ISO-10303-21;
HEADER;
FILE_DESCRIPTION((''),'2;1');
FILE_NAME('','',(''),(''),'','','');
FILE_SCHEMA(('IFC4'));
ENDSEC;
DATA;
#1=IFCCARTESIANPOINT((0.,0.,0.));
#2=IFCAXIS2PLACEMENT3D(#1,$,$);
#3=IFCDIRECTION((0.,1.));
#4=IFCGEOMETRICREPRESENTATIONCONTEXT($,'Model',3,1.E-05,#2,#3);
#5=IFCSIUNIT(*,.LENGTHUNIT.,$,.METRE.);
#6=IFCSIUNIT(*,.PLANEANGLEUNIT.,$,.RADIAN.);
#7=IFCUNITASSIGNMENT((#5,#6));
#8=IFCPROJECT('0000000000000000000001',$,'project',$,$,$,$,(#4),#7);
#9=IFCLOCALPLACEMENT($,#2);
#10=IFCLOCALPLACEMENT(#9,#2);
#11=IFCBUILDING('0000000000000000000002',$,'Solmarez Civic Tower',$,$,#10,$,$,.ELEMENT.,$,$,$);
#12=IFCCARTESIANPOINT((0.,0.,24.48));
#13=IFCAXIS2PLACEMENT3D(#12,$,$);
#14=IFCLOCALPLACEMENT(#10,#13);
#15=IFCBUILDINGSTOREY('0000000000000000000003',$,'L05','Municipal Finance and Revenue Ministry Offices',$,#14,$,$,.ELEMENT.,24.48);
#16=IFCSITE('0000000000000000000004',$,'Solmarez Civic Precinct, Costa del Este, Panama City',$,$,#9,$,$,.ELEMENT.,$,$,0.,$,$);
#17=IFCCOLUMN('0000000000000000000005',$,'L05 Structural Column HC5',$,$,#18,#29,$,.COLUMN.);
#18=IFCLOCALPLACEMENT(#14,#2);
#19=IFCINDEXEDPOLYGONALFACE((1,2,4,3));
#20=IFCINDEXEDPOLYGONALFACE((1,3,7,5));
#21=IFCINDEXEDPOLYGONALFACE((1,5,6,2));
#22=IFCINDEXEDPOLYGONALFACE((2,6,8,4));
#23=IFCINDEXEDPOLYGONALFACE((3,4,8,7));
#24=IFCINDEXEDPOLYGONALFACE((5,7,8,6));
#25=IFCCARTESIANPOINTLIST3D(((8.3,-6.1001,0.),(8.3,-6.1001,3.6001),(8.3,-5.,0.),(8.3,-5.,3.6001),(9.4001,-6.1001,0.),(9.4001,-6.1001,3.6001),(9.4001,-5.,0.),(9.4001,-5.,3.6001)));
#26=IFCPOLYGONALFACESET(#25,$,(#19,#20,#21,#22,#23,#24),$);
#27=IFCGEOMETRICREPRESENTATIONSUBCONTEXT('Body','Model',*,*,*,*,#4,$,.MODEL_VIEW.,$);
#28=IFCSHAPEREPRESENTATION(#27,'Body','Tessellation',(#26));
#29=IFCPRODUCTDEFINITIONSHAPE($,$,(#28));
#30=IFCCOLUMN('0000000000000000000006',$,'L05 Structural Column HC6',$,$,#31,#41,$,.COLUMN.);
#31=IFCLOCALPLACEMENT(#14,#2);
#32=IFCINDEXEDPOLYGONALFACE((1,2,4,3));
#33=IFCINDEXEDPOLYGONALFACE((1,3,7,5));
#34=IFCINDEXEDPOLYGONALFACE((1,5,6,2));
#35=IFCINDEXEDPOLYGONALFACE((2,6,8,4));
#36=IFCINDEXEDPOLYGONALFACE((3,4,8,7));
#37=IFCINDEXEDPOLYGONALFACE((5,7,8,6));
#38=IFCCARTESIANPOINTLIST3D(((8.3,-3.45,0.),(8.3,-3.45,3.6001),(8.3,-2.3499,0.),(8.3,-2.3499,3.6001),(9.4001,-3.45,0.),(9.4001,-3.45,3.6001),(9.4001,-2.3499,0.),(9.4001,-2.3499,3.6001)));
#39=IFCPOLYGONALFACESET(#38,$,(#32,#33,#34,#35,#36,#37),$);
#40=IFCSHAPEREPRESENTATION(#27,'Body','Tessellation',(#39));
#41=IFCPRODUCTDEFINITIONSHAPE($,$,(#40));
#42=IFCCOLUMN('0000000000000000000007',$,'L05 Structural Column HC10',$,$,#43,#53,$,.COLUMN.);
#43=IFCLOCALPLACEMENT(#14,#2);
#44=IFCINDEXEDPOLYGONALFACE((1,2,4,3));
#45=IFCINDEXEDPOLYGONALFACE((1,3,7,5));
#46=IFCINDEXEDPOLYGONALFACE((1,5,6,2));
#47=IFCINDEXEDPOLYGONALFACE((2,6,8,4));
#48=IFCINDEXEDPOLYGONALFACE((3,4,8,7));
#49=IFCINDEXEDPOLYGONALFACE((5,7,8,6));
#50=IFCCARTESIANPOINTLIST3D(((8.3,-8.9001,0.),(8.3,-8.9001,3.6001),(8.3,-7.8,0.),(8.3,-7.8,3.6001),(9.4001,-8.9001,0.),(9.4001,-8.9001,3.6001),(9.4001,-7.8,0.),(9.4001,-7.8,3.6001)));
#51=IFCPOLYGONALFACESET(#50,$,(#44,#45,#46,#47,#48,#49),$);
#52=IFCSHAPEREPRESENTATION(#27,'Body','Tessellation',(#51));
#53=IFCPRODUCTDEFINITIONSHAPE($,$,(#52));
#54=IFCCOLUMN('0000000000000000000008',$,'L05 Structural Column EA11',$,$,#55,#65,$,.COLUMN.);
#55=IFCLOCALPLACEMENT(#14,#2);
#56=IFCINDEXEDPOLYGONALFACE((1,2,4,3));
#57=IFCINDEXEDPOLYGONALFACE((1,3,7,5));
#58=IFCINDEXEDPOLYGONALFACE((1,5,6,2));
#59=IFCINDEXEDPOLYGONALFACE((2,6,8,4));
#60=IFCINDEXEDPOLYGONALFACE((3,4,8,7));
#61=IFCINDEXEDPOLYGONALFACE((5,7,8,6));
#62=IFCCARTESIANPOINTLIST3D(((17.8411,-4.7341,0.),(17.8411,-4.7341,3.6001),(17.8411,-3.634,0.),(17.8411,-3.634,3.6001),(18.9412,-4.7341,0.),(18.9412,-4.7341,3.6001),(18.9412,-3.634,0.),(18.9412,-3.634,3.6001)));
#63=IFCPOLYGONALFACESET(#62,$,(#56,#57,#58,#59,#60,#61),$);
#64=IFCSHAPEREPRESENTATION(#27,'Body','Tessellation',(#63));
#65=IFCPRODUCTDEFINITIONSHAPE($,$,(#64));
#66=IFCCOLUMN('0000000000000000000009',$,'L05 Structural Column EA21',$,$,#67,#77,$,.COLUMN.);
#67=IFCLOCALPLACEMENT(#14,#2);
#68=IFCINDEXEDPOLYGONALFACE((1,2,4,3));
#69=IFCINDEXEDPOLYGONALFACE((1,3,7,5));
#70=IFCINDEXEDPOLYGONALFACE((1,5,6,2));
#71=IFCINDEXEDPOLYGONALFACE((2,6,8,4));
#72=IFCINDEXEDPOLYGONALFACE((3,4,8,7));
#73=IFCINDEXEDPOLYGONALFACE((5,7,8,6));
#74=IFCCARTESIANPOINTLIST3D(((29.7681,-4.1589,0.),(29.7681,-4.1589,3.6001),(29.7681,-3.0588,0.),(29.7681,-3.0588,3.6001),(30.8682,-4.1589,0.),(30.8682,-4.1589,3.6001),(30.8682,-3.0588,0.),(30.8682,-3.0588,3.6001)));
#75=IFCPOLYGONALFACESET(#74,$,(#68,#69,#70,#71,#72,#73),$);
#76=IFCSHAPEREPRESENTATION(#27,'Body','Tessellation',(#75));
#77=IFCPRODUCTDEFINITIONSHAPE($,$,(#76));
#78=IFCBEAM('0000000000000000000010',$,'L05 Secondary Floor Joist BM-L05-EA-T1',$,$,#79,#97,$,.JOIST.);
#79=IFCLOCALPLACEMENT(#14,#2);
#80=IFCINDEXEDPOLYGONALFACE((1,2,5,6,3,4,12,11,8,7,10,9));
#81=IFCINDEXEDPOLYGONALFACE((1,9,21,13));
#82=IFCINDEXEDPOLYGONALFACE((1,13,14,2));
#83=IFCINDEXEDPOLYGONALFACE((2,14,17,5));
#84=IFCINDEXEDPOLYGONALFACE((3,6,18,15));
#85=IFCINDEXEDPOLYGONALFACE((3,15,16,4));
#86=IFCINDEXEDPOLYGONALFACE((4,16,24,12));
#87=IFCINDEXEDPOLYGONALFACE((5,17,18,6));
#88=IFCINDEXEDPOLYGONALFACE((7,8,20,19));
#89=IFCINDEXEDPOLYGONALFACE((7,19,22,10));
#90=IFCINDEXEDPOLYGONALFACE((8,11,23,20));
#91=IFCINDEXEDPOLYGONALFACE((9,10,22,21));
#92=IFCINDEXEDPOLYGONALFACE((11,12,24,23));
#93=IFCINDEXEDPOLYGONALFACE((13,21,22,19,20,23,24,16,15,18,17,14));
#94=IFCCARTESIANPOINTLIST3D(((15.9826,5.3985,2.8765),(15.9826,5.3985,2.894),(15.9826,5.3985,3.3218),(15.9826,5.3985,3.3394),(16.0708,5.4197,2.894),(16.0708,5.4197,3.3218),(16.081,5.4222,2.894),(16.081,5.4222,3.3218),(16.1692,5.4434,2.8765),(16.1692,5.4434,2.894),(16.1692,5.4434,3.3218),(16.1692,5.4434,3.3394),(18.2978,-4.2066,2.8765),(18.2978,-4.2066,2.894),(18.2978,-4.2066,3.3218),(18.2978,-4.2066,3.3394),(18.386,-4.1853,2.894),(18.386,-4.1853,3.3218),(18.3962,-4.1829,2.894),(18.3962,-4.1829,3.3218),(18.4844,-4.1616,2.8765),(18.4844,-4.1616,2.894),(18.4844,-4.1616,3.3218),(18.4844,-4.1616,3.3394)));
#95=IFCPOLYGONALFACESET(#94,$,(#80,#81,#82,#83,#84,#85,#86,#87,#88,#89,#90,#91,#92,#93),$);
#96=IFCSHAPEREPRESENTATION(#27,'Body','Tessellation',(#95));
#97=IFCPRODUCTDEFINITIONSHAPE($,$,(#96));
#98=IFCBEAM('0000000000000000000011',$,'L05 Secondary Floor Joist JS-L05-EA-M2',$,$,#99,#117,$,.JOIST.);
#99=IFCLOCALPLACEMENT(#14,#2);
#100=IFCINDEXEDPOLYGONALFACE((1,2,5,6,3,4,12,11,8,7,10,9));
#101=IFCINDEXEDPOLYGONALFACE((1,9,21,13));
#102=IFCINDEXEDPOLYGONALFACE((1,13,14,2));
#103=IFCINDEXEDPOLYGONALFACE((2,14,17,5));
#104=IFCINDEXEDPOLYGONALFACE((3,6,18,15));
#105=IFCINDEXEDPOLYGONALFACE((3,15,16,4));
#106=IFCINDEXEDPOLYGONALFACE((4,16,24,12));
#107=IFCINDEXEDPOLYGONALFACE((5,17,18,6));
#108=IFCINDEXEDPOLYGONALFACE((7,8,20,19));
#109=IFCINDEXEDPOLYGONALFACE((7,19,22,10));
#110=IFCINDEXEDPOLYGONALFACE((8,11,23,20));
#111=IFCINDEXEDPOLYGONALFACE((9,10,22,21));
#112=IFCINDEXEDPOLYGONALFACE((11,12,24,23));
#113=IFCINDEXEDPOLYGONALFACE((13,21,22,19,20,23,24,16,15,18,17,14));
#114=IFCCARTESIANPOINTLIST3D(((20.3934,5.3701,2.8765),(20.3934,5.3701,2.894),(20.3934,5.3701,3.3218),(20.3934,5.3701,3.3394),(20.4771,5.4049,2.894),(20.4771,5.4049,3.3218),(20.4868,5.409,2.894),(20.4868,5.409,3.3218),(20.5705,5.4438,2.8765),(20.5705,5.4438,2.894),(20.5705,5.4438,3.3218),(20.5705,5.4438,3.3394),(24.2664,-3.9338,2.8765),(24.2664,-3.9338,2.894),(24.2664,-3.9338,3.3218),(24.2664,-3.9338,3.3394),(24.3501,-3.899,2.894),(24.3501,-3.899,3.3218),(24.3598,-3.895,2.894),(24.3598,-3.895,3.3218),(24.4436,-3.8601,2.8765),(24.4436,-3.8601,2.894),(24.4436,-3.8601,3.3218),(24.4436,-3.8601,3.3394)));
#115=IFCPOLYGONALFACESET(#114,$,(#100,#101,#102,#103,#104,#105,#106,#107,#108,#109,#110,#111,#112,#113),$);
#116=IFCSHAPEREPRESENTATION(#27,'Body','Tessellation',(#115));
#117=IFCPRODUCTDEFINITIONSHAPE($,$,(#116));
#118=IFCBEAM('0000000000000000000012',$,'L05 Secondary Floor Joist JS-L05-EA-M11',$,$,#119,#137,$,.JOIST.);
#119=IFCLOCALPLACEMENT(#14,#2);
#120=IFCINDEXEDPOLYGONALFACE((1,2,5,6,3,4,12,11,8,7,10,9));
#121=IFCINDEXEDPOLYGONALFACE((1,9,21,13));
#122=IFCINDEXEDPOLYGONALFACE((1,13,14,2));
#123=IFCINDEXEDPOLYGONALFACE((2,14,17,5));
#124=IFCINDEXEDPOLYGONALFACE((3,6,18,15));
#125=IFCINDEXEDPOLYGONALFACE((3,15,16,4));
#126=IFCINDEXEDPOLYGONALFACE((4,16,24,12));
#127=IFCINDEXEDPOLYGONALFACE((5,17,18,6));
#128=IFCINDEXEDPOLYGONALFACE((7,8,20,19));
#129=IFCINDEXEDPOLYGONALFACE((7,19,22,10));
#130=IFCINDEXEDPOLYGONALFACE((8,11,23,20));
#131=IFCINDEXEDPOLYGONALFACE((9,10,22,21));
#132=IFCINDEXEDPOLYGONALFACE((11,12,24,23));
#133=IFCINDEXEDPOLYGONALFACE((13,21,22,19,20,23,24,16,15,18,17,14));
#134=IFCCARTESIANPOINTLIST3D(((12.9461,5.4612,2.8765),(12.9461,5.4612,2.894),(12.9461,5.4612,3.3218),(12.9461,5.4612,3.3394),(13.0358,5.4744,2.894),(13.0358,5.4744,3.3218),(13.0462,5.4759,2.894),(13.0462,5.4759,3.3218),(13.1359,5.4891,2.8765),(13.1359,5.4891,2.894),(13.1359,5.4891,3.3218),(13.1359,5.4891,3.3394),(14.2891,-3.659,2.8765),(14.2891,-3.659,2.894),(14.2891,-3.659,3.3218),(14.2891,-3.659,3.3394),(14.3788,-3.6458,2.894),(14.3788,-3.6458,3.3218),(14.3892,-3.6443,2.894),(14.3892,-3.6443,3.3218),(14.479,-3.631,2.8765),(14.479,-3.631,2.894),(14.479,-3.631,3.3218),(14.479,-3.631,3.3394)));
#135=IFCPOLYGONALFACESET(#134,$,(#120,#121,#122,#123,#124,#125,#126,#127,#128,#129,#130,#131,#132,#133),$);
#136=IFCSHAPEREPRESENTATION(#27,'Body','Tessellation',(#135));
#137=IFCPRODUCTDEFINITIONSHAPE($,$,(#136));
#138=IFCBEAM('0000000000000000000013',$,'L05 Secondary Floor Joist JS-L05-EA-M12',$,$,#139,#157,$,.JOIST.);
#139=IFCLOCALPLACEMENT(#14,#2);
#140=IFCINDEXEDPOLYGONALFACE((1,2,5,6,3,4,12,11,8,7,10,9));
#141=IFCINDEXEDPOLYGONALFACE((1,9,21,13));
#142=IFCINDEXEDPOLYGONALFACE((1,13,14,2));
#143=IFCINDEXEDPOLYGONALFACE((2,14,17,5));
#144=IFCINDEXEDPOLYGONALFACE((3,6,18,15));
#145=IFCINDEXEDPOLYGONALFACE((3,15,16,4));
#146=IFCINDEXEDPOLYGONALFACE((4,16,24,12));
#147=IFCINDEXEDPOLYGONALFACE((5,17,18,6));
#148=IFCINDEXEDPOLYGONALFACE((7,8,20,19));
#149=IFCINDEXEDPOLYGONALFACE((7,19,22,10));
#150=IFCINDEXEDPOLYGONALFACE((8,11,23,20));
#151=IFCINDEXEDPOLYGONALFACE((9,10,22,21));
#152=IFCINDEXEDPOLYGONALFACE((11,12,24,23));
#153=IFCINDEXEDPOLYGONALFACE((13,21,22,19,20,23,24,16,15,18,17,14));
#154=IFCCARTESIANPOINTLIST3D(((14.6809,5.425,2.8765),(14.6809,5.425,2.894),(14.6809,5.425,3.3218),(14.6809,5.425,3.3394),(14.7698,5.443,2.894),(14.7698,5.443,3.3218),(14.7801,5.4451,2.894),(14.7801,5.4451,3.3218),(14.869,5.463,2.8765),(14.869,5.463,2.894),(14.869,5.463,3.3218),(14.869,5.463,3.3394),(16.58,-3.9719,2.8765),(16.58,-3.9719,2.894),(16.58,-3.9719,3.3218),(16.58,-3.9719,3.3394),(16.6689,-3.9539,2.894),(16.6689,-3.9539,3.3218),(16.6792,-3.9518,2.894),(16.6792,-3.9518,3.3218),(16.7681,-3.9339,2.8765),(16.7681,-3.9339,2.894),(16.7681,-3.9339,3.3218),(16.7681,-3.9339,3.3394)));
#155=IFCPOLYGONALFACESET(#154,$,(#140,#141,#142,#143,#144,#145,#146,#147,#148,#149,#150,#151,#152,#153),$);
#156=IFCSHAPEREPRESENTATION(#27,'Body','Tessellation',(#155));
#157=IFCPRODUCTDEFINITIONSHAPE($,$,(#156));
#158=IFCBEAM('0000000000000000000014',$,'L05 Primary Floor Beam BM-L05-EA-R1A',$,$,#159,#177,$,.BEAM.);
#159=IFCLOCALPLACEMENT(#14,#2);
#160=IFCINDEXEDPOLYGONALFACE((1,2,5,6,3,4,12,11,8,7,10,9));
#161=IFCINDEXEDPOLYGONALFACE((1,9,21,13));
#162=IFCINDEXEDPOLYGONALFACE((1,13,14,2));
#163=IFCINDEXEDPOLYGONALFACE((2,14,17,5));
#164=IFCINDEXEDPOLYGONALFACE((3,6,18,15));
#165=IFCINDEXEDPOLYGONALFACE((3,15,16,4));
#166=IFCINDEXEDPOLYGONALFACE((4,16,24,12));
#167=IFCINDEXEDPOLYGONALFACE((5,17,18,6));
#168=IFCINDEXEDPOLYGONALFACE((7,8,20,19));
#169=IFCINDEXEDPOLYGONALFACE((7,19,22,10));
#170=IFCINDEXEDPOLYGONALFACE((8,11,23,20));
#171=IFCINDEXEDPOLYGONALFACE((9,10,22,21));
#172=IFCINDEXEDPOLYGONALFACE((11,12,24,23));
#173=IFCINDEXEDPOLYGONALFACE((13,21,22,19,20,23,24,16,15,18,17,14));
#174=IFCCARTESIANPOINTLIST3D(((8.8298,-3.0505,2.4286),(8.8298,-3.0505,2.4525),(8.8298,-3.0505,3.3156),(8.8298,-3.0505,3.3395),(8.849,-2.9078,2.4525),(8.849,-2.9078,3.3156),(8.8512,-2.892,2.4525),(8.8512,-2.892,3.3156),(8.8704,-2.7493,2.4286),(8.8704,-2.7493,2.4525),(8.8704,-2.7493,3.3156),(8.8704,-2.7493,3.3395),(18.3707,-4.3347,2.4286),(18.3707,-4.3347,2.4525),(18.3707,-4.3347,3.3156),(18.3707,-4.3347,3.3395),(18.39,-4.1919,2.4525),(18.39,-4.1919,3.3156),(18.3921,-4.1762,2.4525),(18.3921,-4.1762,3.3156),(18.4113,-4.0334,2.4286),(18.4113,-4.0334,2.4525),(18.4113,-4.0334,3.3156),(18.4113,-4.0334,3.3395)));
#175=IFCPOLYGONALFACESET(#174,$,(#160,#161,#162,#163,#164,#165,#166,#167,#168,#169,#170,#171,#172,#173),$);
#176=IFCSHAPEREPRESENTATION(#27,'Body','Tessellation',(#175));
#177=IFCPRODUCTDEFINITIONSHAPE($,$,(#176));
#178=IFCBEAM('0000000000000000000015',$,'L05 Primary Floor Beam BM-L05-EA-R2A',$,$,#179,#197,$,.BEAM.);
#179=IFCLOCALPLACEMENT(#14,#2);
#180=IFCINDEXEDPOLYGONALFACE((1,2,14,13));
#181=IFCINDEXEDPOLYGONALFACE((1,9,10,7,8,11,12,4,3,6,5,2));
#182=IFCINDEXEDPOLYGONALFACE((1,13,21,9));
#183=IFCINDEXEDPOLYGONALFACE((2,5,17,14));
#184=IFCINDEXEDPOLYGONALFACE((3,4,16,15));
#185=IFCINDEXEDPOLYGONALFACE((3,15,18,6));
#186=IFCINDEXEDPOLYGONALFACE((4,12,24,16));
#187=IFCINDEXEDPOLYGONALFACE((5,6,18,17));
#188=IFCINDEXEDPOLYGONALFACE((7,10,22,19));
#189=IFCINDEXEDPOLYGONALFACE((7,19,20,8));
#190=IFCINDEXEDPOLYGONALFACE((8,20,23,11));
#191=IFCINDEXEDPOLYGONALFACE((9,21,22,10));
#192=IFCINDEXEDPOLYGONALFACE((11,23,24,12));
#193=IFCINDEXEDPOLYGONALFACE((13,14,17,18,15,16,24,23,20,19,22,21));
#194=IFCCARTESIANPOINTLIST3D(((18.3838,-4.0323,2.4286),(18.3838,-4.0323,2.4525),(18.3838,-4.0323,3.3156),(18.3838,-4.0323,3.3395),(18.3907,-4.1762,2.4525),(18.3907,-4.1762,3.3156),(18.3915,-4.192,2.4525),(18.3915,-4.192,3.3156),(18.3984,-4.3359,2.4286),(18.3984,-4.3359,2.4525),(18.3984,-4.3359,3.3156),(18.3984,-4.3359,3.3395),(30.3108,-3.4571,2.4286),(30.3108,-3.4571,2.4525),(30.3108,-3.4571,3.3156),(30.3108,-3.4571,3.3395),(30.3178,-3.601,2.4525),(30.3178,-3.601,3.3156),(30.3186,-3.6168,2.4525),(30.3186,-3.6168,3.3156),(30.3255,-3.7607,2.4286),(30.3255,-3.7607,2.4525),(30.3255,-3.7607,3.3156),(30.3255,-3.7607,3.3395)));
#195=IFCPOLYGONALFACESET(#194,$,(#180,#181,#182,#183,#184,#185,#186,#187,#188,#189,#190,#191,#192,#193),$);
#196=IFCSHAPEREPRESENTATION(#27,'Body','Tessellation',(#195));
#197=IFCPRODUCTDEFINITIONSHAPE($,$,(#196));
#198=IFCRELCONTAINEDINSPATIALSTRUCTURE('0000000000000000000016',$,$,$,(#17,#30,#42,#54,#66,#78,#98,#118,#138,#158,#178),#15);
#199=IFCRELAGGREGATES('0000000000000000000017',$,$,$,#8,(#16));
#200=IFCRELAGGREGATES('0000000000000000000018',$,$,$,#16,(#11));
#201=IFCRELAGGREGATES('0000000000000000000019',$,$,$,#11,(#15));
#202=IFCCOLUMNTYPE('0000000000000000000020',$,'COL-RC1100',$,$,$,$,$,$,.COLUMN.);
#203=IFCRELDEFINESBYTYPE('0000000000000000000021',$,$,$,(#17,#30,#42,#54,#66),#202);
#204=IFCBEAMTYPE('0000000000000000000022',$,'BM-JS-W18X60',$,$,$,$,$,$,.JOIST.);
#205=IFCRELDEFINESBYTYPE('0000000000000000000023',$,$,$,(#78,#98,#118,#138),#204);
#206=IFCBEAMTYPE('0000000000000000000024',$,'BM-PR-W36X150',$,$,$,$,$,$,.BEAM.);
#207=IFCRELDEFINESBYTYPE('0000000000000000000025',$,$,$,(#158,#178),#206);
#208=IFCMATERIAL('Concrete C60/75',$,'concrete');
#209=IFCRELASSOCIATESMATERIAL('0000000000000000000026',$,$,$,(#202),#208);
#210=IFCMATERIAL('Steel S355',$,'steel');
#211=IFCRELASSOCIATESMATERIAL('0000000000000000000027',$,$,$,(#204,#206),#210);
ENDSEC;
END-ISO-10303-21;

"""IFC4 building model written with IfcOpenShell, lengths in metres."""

from ifc_helpers import new_model, si_unit, direction, frame, origin, origin_2d, place, context, subcontext, project, spatial, rectangle, i_section, extrude, material, material_profile, profile_set, type_object, element, save


model = new_model("IFC4")

# Units and contexts
model_context = context("Model", 3, precision=1e-05, world=origin(), true_north=direction((0.0, 1.0)))
body_context = subcontext(model_context, "Body", "Model", "MODEL_VIEW")
ifc_project = project(units=[si_unit("LENGTHUNIT", "METRE"), si_unit("PLANEANGLEUNIT", "RADIAN")], contexts=[model_context])

# Site, building, storey
site_placement = place(None, origin())
site = spatial("IfcSite", under=ifc_project, at=site_placement, Name="Solmarez Civic Precinct, Costa del Este, Panama City", CompositionType="ELEMENT", RefElevation=0.0)
building_placement = place(site_placement, origin())
building = spatial("IfcBuilding", under=site, at=building_placement, Name="Solmarez Civic Tower", CompositionType="ELEMENT")
storey_placement = place(building_placement, frame((0.0, 0.0, 24.48)))
storey = spatial("IfcBuildingStorey", under=building, at=storey_placement, Name="L05", Description="Municipal Finance and Revenue Ministry Offices", CompositionType="ELEMENT", Elevation=24.48)

# Columns
ifc_material_1 = material(Name="Concrete C60/75", Category="concrete")
ifc_material_profile_1 = material_profile(ifc_material_1, rectangle(XDim=1.1001, YDim=1.1001, at=origin_2d()), Name="RC1100X1100")
ifc_profile_set_1 = profile_set([ifc_material_profile_1], Name="Concrete C60/75")
column_type = type_object("IfcColumnType", Name="COL-RC1100", PredefinedType="COLUMN", material=ifc_profile_set_1)
for number, where, z_axis, x_axis, name in (
    (1, (8.8501, -5.55, 0.0), (0.0, 0.0, 1.0), (1.0, 0.0, 0.0), "L05 Structural Column HC5"),
    (2, (8.8501, -2.8999, 0.0), (0.0, 0.0, 1.0), (1.0, 0.0, 0.0), "L05 Structural Column HC6"),
    (3, (8.8501, -8.3501, 0.0), (0.0, 0.0, 1.0), (1.0, 0.0, 0.0), "L05 Structural Column HC10"),
    (4, (18.3911, -4.1841, 0.0), (0.0, 0.0, 1.0), (1.0, 0.0, 0.0), "L05 Structural Column EA11"),
    (5, (30.3181, -3.6089, 0.0), (0.0, 0.0, 1.0), (1.0, 0.0, 0.0), "L05 Structural Column EA21"),
):
    element("IfcColumn", number, at=place(storey_placement, frame(where, z_axis=z_axis, x_axis=x_axis)), inside=storey, type_object=column_type, Name=name, PredefinedType="COLUMN", context=body_context, shape_type="SweptSolid", body=[
        extrude(rectangle(XDim=1.1001, YDim=1.1001, at=origin_2d()), origin(), (0.0, 0.0, 1.0), 3.6001),
    ])

# Beams
ifc_material_2 = material(Name="Steel S355", Category="steel")
ifc_material_profile_2 = material_profile(ifc_material_2, i_section(OverallWidth=0.1919, OverallDepth=0.4629, WebThickness=0.0105, FlangeThickness=0.0176, at=origin_2d()), Name="W18X60")
ifc_profile_set_2 = profile_set([ifc_material_profile_2], Name="Steel S355")
beam_type_1 = type_object("IfcBeamType", Name="BM-JS-W18X60", PredefinedType="JOIST", material=ifc_profile_set_2)
beam_1_placement = place(storey_placement, frame((18.3911, -4.1841, 3.1079), z_axis=(-0.234329, 0.972157, 0.0), x_axis=(-0.972157, -0.234329, 0.0)))
element("IfcBeam", 6, at=beam_1_placement, inside=storey, type_object=beam_type_1, Name="L05 Secondary Floor Joist BM-L05-EA-T1", PredefinedType="JOIST", context=body_context, shape_type="SweptSolid", body=[
    extrude(i_section(OverallWidth=0.1919, OverallDepth=0.4629, WebThickness=0.0105, FlangeThickness=0.0176, at=origin_2d()), origin(), (0.0, 0.0, 1.0), 9.8801),
])
beam_2_placement = place(storey_placement, frame((24.355, -3.897, 3.1079), z_axis=(-0.384311, 0.923204, 0.0), x_axis=(-0.923204, -0.384311, 0.0)))
element("IfcBeam", 7, at=beam_2_placement, inside=storey, type_object=beam_type_1, Name="L05 Secondary Floor Joist JS-L05-EA-M2", PredefinedType="JOIST", context=body_context, shape_type="SweptSolid", body=[
    extrude(i_section(OverallWidth=0.1919, OverallDepth=0.4629, WebThickness=0.0105, FlangeThickness=0.0176, at=origin_2d()), origin(), (0.0, 0.0, 1.0), 10.0779),
])
beam_3_placement = place(storey_placement, frame((14.384, -3.645, 3.1079), z_axis=(-0.145688, 0.989331, 0.0), x_axis=(-0.989331, -0.145688, 0.0)))
element("IfcBeam", 8, at=beam_3_placement, inside=storey, type_object=beam_type_1, Name="L05 Secondary Floor Joist JS-L05-EA-M11", PredefinedType="JOIST", context=body_context, shape_type="SweptSolid", body=[
    extrude(i_section(OverallWidth=0.1919, OverallDepth=0.4629, WebThickness=0.0105, FlangeThickness=0.0176, at=origin_2d()), origin(), (0.0, 0.0, 1.0), 9.2185),
])
beam_4_placement = place(storey_placement, frame((16.6741, -3.9529, 3.1079), z_axis=(-0.198099, 0.980182, 0.0), x_axis=(-0.980182, -0.198099, 0.0)))
element("IfcBeam", 9, at=beam_4_placement, inside=storey, type_object=beam_type_1, Name="L05 Secondary Floor Joist JS-L05-EA-M12", PredefinedType="JOIST", context=body_context, shape_type="SweptSolid", body=[
    extrude(i_section(OverallWidth=0.1919, OverallDepth=0.4629, WebThickness=0.0105, FlangeThickness=0.0176, at=origin_2d()), origin(), (0.0, 0.0, 1.0), 9.5869),
])
ifc_material_profile_3 = material_profile(ifc_material_2, i_section(OverallWidth=0.304, OverallDepth=0.9109, WebThickness=0.0159, FlangeThickness=0.0239, at=origin_2d()), Name="W36X150")
ifc_profile_set_3 = profile_set([ifc_material_profile_3], Name="Steel S355")
beam_type_2 = type_object("IfcBeamType", Name="BM-PR-W36X150", PredefinedType="BEAM", material=ifc_profile_set_3)
beam_5_placement = place(storey_placement, frame((8.8501, -2.8999, 2.884), z_axis=(0.991063, -0.133393, 0.0), x_axis=(0.133393, 0.991063, 0.0)))
element("IfcBeam", 10, at=beam_5_placement, inside=storey, type_object=beam_type_2, Name="L05 Primary Floor Beam BM-L05-EA-R1A", PredefinedType="BEAM", context=body_context, shape_type="SweptSolid", body=[
    extrude(i_section(OverallWidth=0.304, OverallDepth=0.9109, WebThickness=0.0159, FlangeThickness=0.0239, at=origin_2d()), origin(), (0.0, 0.0, 1.0), 9.627),
])
beam_6_placement = place(storey_placement, frame((18.3911, -4.1841, 2.884), z_axis=(0.998839, 0.04817, 0.0), x_axis=(-0.04817, 0.998839, 0.0)))
element("IfcBeam", 11, at=beam_6_placement, inside=storey, type_object=beam_type_2, Name="L05 Primary Floor Beam BM-L05-EA-R2A", PredefinedType="BEAM", context=body_context, shape_type="SweptSolid", body=[
    extrude(i_section(OverallWidth=0.304, OverallDepth=0.9109, WebThickness=0.0159, FlangeThickness=0.0239, at=origin_2d()), origin(), (0.0, 0.0, 1.0), 11.9409),
])

save(model, "model.ifc")
